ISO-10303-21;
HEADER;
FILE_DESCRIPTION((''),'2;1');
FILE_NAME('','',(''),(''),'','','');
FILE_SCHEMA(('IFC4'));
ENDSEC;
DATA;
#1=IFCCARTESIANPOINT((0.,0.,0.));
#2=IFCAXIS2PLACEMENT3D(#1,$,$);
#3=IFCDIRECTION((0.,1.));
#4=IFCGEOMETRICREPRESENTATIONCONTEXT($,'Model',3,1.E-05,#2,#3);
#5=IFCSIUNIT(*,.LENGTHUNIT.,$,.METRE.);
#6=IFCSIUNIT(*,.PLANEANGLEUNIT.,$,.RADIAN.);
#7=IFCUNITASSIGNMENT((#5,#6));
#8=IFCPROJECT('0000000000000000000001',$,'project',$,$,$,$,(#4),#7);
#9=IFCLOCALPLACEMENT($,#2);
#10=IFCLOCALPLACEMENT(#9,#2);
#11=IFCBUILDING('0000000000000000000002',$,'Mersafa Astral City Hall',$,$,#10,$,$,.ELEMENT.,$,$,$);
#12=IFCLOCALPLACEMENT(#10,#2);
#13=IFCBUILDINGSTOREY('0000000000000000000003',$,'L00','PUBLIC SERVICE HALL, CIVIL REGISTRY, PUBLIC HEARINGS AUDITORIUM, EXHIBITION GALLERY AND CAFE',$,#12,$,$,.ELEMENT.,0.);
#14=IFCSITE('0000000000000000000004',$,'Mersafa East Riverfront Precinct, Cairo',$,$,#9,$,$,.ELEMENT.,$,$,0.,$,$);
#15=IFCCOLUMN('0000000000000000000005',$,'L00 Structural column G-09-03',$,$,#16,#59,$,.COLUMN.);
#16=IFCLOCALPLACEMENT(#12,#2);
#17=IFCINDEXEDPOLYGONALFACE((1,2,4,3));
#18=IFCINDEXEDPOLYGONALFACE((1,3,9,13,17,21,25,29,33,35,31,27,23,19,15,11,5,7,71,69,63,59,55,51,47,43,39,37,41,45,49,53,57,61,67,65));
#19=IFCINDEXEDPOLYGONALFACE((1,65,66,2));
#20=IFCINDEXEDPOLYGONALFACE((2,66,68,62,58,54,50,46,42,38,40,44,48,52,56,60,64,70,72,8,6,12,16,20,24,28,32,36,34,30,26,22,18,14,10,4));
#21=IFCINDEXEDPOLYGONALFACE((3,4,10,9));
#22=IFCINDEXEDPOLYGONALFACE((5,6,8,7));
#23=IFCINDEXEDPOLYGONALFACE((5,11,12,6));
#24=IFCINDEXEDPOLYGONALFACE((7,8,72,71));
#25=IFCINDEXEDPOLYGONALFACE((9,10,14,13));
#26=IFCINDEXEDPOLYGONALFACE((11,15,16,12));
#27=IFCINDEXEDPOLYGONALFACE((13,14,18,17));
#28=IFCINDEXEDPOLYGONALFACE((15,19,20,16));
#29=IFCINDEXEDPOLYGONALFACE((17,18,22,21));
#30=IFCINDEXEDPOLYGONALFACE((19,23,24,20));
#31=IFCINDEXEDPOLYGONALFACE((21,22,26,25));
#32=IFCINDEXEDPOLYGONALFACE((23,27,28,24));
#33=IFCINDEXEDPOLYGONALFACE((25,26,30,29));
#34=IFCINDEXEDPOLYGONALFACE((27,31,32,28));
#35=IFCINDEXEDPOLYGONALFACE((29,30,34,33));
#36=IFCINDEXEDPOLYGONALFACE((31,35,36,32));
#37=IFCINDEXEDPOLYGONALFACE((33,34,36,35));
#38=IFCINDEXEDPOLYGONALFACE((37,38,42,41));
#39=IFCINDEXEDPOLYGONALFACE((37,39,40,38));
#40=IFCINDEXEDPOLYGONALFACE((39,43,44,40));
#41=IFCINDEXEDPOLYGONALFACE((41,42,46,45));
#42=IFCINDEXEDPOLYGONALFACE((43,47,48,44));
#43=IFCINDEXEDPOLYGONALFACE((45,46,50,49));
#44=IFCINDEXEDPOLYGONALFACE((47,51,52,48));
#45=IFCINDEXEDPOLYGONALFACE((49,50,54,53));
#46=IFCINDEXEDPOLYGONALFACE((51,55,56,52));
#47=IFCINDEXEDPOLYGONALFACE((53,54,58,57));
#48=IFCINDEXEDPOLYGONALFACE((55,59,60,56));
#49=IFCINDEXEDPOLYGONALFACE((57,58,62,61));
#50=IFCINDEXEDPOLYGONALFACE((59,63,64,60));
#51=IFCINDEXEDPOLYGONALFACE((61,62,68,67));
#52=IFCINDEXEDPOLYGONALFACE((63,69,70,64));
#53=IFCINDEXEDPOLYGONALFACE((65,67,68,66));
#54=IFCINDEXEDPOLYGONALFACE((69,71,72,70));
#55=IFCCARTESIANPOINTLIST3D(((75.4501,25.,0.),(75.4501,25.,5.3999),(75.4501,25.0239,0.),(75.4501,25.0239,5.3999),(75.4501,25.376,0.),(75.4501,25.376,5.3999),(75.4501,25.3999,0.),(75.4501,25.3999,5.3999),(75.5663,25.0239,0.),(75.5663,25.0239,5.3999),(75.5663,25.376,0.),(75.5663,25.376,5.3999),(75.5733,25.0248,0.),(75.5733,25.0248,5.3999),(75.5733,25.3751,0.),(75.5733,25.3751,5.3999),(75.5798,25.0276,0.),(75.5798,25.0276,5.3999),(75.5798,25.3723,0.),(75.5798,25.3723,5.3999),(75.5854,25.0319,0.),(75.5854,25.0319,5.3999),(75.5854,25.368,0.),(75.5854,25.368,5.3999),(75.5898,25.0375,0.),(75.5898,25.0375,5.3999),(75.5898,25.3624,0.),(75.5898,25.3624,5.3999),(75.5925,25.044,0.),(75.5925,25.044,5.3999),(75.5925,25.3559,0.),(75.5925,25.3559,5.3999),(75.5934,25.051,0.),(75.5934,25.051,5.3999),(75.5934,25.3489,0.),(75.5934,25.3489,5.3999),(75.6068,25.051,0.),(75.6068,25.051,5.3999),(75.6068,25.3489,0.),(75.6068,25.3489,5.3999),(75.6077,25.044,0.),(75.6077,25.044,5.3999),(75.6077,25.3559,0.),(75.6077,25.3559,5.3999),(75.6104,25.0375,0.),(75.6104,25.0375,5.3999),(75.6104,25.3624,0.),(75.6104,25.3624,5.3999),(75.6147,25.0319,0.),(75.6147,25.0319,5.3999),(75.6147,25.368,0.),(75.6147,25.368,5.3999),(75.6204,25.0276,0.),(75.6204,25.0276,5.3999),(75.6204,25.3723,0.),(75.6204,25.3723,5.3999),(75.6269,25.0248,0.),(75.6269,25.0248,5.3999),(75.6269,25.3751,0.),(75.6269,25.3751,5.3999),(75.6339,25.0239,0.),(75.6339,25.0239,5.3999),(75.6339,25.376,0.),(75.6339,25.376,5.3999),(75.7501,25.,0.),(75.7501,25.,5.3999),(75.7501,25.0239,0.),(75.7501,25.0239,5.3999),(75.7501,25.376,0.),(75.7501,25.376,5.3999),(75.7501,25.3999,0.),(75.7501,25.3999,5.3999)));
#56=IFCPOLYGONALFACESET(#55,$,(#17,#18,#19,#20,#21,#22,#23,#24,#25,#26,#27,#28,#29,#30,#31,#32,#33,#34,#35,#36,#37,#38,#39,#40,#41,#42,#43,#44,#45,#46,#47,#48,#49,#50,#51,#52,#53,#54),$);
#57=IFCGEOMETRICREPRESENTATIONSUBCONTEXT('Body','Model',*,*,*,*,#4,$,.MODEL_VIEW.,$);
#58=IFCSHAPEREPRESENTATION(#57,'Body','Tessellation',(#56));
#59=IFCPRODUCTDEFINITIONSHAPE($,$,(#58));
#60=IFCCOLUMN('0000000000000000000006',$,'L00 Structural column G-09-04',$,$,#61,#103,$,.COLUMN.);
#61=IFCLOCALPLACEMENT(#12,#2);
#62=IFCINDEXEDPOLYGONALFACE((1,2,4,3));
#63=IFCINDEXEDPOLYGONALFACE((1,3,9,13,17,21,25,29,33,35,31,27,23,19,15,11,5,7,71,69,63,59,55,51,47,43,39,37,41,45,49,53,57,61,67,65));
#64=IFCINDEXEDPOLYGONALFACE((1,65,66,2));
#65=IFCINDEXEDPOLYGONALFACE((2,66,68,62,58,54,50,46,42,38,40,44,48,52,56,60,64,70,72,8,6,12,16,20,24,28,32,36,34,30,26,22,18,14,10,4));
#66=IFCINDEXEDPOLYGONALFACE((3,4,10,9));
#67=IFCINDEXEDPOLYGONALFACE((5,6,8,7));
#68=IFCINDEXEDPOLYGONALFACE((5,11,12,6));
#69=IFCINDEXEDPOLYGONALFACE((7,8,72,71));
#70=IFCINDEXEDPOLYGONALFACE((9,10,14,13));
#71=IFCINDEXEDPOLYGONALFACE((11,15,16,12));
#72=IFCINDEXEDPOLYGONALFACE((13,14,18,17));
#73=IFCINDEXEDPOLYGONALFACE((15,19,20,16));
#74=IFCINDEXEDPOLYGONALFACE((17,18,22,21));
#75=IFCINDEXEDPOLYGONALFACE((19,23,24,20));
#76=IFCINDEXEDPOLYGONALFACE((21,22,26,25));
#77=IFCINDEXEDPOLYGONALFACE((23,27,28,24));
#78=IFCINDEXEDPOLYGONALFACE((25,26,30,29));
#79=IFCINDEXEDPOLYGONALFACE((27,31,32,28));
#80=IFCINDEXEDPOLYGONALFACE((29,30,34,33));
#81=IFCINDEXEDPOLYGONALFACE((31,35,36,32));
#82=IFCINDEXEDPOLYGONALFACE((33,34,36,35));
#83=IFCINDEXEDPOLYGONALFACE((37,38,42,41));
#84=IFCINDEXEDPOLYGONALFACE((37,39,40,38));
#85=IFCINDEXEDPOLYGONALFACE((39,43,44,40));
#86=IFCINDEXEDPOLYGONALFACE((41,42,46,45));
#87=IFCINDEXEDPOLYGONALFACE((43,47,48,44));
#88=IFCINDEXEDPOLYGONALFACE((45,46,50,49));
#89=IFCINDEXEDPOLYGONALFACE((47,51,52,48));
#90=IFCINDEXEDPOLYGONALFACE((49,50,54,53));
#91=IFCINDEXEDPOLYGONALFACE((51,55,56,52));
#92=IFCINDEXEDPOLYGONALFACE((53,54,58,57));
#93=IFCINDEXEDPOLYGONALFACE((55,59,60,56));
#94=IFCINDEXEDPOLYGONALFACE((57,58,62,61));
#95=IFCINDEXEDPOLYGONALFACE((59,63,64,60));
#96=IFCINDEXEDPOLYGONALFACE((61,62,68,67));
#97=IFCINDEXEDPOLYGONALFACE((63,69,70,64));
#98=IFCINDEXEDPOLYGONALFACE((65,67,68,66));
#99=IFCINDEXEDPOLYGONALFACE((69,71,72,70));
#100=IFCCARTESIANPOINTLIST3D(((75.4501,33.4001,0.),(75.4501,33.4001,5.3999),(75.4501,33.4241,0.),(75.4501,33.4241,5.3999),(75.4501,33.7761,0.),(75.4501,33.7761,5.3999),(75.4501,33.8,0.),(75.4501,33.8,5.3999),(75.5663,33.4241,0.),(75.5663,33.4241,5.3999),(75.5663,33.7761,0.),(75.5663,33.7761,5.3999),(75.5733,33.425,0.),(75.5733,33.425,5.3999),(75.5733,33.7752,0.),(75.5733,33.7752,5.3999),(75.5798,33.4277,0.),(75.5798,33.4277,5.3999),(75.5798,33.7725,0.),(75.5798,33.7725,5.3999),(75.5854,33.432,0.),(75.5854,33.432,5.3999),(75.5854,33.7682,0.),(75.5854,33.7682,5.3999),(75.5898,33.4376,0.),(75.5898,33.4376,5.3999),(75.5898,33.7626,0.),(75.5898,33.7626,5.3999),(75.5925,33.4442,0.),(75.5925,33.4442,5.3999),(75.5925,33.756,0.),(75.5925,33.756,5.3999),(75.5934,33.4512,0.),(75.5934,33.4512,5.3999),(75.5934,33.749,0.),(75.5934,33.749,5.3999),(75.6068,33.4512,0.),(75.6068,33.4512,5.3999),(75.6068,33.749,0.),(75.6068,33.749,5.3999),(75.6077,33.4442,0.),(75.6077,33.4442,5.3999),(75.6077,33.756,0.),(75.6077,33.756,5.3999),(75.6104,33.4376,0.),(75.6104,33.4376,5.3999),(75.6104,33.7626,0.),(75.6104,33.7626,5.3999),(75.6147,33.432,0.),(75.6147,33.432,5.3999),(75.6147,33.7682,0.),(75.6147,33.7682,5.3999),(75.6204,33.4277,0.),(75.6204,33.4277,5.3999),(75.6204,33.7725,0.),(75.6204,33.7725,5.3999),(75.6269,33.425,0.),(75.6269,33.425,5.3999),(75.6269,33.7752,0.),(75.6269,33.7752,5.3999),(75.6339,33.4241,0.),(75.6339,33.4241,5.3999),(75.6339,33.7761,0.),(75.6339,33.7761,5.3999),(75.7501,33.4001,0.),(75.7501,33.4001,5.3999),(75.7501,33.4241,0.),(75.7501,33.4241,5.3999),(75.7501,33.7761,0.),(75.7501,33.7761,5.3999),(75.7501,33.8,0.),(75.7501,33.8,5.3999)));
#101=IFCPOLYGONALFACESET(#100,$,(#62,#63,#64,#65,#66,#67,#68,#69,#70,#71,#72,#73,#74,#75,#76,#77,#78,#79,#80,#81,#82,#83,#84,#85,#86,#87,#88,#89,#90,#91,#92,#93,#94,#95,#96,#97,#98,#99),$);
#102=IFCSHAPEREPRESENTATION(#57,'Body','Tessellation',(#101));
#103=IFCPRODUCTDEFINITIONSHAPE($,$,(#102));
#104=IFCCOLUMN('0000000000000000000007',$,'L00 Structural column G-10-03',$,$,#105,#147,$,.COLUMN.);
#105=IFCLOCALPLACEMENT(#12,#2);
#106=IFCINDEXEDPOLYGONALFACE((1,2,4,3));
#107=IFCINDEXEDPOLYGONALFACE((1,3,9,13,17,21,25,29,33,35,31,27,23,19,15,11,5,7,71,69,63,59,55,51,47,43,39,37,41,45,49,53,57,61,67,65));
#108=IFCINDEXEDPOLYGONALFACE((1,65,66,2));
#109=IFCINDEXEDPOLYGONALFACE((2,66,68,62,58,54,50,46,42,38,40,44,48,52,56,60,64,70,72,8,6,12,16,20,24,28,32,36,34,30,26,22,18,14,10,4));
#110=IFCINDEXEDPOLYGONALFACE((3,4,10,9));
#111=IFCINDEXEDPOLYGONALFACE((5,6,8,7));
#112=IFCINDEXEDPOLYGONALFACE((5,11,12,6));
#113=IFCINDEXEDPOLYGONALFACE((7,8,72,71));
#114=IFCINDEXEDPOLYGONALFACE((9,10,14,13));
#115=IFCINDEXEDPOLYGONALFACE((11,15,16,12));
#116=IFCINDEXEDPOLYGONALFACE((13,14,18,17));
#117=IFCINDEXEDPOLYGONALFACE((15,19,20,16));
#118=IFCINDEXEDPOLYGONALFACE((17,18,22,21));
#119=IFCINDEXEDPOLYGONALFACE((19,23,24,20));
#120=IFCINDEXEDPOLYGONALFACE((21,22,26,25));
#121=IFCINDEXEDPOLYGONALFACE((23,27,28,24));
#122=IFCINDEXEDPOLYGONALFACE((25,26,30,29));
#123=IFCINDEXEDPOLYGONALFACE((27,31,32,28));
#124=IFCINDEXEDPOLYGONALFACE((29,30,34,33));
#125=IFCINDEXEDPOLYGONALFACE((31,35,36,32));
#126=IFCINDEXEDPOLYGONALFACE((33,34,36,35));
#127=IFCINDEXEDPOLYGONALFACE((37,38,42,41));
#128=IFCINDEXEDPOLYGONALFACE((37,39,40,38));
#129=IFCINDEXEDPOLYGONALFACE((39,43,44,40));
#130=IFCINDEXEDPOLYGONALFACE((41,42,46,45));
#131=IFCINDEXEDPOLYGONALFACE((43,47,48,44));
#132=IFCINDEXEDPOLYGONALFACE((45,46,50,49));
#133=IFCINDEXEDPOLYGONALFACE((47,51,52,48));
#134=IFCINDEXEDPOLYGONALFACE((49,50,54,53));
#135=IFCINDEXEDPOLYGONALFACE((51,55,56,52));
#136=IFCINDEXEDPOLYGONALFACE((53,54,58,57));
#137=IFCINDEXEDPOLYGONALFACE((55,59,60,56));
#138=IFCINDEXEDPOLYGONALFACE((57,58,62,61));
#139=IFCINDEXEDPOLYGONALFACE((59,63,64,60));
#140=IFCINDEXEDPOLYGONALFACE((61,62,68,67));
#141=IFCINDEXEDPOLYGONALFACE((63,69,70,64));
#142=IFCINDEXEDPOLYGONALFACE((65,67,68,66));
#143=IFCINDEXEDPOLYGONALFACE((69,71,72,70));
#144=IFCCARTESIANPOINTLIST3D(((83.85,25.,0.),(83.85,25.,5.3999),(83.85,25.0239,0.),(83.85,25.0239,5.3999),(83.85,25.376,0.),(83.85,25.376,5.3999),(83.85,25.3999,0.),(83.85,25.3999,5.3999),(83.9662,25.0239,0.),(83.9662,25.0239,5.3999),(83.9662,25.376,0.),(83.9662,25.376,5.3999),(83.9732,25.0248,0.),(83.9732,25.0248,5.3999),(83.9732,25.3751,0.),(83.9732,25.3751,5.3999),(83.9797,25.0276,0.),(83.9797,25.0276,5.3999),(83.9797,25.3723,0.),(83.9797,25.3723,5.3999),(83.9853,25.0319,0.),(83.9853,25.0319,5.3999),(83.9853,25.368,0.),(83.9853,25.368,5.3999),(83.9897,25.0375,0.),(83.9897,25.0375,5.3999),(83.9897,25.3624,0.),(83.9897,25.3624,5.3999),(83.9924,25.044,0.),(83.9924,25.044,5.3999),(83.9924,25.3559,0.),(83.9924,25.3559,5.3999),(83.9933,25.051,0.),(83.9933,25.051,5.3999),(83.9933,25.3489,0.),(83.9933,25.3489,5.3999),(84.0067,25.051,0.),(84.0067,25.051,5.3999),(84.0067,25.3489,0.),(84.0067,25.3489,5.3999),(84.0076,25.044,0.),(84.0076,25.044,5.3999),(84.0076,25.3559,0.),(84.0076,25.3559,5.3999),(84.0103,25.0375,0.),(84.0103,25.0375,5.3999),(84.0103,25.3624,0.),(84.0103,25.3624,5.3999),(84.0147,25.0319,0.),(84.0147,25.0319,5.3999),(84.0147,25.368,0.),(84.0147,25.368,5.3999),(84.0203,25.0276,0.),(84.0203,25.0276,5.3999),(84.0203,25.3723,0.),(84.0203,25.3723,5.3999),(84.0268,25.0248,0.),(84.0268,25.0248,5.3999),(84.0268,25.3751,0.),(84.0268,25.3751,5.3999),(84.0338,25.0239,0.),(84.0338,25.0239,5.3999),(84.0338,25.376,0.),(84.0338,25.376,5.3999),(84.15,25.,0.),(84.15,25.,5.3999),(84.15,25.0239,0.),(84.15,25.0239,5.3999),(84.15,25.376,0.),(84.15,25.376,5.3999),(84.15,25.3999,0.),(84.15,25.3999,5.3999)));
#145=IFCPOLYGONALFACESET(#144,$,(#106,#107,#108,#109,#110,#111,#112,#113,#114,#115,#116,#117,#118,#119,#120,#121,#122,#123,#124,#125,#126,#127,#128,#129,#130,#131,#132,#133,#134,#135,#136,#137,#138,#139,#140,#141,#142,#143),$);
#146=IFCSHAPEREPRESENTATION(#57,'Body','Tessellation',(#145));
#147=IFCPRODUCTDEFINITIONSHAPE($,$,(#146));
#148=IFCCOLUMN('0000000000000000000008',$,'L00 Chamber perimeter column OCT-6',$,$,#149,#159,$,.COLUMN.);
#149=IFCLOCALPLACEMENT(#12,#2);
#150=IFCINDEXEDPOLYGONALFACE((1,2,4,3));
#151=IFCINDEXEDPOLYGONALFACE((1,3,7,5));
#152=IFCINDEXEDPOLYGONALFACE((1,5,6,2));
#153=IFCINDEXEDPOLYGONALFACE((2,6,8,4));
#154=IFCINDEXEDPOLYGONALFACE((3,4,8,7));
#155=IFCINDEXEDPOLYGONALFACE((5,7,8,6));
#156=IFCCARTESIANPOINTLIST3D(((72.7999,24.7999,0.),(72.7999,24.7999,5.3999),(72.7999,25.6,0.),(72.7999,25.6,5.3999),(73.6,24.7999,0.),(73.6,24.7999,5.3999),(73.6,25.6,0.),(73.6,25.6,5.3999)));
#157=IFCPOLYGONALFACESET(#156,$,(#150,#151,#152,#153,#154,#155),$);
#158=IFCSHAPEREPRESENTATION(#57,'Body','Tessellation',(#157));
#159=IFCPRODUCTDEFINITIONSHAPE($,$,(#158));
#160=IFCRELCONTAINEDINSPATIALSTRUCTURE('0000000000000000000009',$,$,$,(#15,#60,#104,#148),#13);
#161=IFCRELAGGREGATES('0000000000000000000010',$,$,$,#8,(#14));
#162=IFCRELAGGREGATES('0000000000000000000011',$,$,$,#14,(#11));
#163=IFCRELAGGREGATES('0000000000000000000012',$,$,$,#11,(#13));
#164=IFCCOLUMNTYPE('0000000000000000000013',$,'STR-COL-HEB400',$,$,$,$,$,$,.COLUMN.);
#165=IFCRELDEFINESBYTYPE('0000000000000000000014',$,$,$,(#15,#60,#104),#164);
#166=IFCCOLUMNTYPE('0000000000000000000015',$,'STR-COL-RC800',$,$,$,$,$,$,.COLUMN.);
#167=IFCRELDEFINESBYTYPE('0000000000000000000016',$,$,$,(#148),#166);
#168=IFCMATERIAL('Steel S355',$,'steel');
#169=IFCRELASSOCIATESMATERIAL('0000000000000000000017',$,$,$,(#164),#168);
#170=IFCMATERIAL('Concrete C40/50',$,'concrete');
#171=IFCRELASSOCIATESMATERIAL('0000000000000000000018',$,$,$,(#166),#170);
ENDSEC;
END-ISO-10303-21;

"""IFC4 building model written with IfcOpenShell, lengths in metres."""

from ifc_helpers import new_model, si_unit, direction, frame, origin, origin_2d, place, context, subcontext, project, spatial, rectangle, i_section, extrude, material, material_profile, profile_set, type_object, element, save


model = new_model("IFC4")

# Units and contexts
model_context = context("Model", 3, precision=1e-05, world=origin(), true_north=direction((0.0, 1.0)))
body_context = subcontext(model_context, "Body", "Model", "MODEL_VIEW")
ifc_project = project(units=[si_unit("LENGTHUNIT", "METRE"), si_unit("PLANEANGLEUNIT", "RADIAN")], contexts=[model_context])

# Site, building, storey
site_placement = place(None, origin())
site = spatial("IfcSite", under=ifc_project, at=site_placement, Name="Mersafa East Riverfront Precinct, Cairo", CompositionType="ELEMENT", RefElevation=0.0)
building_placement = place(site_placement, origin())
building = spatial("IfcBuilding", under=site, at=building_placement, Name="Mersafa Astral City Hall", CompositionType="ELEMENT")
storey_placement = place(building_placement, origin())
storey = spatial("IfcBuildingStorey", under=building, at=storey_placement, Name="L00", Description="PUBLIC SERVICE HALL, CIVIL REGISTRY, PUBLIC HEARINGS AUDITORIUM, EXHIBITION GALLERY AND CAFE", CompositionType="ELEMENT", Elevation=0.0)

# Columns
ifc_material_1 = material(Name="Steel S355", Category="steel")
ifc_material_profile_1 = material_profile(ifc_material_1, i_section(OverallWidth=0.3, OverallDepth=0.3999, WebThickness=0.0134, FlangeThickness=0.0239, FilletRadius=0.0271, at=origin_2d()), Name="HEB 400")
ifc_profile_set_1 = profile_set([ifc_material_profile_1], Name="Steel S355")
column_type_1 = type_object("IfcColumnType", Name="STR-COL-HEB400", PredefinedType="COLUMN", material=ifc_profile_set_1)
for number, where, z_axis, x_axis, name in (
    (1, (75.6001, 25.2, 0.0), (0.0, 0.0, 1.0), (1.0, 0.0, 0.0), "L00 Structural column G-09-03"),
    (2, (75.6001, 33.6001, 0.0), (0.0, 0.0, 1.0), (1.0, 0.0, 0.0), "L00 Structural column G-09-04"),
    (3, (84.0, 25.2, 0.0), (0.0, 0.0, 1.0), (1.0, 0.0, 0.0), "L00 Structural column G-10-03"),
):
    element("IfcColumn", number, at=place(storey_placement, frame(where, z_axis=z_axis, x_axis=x_axis)), inside=storey, type_object=column_type_1, Name=name, PredefinedType="COLUMN", context=body_context, shape_type="SweptSolid", body=[
        extrude(i_section(OverallWidth=0.3, OverallDepth=0.3999, WebThickness=0.0134, FlangeThickness=0.0239, FilletRadius=0.0271, at=origin_2d()), origin(), (0.0, 0.0, 1.0), 5.3999),
    ])
ifc_material_2 = material(Name="Concrete C40/50", Category="concrete")
ifc_material_profile_2 = material_profile(ifc_material_2, rectangle(XDim=0.8, YDim=0.8, at=origin_2d()), Name="RC 800x800")
ifc_profile_set_2 = profile_set([ifc_material_profile_2], Name="Concrete C40/50")
column_type_2 = type_object("IfcColumnType", Name="STR-COL-RC800", PredefinedType="COLUMN", material=ifc_profile_set_2)
column_placement = place(storey_placement, frame((73.2, 25.2, 0.0), z_axis=(0.0, 0.0, 1.0), x_axis=(1.0, 0.0, 0.0)))
element("IfcColumn", 4, at=column_placement, inside=storey, type_object=column_type_2, Name="L00 Chamber perimeter column OCT-6", PredefinedType="COLUMN", context=body_context, shape_type="SweptSolid", body=[
    extrude(rectangle(XDim=0.8, YDim=0.8, at=origin_2d()), origin(), (0.0, 0.0, 1.0), 5.3999),
])

save(model, "model.ifc")
